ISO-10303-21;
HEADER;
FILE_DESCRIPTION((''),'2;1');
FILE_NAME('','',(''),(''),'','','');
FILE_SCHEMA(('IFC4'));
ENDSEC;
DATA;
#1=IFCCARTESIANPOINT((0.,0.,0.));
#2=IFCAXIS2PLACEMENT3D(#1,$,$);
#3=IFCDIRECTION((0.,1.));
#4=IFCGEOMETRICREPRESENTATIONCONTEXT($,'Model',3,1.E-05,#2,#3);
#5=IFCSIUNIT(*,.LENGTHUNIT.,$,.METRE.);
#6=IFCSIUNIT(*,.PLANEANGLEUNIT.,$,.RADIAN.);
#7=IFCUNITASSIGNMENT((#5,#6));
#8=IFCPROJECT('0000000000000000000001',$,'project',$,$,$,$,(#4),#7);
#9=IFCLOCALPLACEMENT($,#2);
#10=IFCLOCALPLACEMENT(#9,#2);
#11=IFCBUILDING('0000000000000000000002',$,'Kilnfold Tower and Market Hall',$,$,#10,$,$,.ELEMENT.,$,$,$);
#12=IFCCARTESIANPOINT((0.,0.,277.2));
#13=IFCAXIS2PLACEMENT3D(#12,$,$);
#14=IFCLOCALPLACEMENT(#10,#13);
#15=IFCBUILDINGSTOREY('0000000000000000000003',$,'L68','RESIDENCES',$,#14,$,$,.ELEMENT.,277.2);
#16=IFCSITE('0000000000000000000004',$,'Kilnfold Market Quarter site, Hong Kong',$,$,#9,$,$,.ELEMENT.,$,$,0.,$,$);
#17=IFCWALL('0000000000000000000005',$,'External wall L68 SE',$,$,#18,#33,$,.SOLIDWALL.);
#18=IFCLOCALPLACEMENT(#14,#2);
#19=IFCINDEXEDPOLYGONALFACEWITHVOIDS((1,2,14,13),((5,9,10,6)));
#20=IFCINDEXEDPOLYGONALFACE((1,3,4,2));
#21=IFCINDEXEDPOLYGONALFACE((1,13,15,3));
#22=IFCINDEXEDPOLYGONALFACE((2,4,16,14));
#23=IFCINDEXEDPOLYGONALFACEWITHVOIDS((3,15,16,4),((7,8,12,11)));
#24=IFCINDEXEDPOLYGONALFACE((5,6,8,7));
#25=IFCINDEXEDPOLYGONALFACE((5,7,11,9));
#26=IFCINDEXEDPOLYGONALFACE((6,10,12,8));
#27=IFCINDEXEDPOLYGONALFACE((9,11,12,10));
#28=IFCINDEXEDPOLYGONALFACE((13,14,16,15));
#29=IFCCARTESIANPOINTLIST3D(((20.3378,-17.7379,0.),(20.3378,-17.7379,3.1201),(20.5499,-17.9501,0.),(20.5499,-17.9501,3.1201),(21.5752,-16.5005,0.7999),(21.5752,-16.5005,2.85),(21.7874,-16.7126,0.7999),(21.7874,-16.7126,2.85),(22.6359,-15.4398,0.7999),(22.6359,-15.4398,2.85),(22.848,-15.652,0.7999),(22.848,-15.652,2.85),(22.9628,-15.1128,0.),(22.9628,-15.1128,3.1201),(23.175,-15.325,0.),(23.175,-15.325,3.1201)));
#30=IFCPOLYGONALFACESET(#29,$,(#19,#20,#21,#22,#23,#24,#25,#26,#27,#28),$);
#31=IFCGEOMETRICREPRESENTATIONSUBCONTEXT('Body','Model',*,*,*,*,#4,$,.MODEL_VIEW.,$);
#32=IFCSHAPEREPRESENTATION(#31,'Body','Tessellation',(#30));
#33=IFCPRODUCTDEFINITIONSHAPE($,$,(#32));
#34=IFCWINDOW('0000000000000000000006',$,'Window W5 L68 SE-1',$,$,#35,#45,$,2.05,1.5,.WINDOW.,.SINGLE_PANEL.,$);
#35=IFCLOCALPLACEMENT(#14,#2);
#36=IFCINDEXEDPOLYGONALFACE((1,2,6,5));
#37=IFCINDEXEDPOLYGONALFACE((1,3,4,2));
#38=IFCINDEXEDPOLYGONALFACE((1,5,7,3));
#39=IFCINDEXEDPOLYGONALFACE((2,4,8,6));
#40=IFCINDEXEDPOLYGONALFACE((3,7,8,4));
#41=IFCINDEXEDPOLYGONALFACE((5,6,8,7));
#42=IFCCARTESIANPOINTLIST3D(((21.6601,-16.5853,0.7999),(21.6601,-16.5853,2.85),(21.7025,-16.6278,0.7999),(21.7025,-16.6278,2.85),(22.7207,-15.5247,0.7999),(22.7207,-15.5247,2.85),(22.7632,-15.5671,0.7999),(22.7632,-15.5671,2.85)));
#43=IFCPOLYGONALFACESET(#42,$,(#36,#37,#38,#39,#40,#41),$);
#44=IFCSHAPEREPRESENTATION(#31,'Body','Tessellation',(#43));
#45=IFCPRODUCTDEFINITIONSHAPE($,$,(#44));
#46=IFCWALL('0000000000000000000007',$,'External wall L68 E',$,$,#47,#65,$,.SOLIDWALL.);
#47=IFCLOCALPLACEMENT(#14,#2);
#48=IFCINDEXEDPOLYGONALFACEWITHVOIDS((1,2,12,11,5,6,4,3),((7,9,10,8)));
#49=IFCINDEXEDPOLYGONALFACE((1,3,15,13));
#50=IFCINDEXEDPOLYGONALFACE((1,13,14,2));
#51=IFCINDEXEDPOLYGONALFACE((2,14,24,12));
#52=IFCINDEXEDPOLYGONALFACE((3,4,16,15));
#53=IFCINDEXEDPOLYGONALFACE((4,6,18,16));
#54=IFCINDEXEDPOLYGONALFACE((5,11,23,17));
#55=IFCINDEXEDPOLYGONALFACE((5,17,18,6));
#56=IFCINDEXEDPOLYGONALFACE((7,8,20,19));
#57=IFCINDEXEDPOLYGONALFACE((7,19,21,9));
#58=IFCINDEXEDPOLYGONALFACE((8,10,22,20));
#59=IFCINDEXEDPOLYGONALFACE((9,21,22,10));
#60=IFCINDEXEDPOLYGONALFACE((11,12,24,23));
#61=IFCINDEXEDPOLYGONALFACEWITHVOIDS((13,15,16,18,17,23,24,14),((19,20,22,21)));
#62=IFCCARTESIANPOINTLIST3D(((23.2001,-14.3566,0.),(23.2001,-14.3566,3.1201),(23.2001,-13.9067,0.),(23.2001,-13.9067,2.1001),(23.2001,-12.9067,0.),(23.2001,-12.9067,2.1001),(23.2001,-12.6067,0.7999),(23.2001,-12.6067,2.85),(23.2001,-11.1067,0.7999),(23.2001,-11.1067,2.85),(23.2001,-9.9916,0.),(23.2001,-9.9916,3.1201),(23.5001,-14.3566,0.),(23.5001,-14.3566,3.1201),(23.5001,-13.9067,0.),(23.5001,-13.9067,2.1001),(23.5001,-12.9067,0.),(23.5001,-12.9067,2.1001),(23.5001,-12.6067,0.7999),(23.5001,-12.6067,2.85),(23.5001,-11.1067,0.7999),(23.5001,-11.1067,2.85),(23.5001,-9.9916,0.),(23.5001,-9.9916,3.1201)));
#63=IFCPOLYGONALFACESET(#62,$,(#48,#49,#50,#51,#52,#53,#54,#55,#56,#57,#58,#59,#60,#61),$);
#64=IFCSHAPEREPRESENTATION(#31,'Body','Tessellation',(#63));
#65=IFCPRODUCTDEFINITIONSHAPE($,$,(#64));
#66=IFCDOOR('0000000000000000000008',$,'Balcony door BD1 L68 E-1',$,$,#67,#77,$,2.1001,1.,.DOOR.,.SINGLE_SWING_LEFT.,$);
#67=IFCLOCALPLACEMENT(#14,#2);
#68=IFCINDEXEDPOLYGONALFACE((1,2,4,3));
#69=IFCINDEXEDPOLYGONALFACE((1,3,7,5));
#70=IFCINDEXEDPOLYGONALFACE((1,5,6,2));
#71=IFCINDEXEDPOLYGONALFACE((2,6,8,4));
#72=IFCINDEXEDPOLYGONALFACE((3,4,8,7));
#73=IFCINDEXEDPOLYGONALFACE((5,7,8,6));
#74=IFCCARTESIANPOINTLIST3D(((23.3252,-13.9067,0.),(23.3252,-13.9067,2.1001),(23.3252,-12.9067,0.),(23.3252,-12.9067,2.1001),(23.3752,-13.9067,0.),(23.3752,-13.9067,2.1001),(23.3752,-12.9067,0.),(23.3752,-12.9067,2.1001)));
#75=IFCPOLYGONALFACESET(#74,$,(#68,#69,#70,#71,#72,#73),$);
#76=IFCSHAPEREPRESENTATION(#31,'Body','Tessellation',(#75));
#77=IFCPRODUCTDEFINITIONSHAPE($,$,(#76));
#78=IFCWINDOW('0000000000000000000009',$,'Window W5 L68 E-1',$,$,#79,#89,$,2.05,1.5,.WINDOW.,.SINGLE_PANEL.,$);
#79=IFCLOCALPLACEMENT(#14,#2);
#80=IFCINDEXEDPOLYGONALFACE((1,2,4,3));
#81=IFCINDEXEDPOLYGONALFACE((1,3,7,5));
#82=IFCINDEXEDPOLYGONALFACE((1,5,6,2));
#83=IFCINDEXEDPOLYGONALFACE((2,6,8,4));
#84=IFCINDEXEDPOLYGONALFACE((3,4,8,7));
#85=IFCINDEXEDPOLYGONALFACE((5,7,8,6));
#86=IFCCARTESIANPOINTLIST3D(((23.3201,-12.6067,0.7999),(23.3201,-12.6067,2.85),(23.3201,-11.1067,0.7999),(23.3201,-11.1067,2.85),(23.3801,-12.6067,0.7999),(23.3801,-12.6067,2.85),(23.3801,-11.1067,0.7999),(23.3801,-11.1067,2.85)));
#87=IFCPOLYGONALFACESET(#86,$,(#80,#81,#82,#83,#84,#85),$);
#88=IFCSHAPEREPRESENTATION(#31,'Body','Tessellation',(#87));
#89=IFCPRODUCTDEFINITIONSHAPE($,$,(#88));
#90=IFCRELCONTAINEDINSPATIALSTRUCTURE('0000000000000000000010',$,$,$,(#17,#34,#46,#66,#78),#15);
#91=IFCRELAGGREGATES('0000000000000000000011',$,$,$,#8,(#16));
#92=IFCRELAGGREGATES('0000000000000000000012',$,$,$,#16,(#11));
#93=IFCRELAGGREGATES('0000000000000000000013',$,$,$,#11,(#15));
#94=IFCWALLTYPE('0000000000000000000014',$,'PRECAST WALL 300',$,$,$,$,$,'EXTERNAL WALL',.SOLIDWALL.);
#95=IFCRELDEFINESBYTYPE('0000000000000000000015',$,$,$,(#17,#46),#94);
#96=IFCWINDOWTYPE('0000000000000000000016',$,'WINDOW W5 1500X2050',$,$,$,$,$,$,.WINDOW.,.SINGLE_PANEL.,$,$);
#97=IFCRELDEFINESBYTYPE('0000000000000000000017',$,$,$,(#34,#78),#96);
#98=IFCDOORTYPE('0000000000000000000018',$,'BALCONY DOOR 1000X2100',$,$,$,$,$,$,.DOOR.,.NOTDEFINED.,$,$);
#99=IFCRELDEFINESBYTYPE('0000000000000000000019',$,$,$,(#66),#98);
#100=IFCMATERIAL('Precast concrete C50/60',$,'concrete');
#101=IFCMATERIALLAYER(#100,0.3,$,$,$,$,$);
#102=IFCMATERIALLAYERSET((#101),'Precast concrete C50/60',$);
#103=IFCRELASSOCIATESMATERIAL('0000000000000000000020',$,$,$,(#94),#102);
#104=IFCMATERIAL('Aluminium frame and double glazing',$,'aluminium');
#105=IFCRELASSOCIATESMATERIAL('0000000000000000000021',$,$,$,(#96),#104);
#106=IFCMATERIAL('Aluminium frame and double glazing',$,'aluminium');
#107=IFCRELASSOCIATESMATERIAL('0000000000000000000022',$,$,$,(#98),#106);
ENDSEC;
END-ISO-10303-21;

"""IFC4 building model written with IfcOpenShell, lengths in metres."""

from ifc_helpers import new_model, si_unit, direction, frame, frame_2d, origin, place, context, subcontext, project, spatial, rectangle, extrude, source, transform, mapped, material, layer, layer_set, type_object, element, fill, save


model = new_model("IFC4")

# Units and contexts
model_context = context("Model", 3, precision=1e-05, world=origin(), true_north=direction((0.0, 1.0)))
body_context = subcontext(model_context, "Body", "Model", "MODEL_VIEW")
ifc_project = project(units=[si_unit("LENGTHUNIT", "METRE"), si_unit("PLANEANGLEUNIT", "RADIAN")], contexts=[model_context])

# Site, building, storey
site_placement = place(None, origin())
site = spatial("IfcSite", under=ifc_project, at=site_placement, Name="Kilnfold Market Quarter site, Hong Kong", CompositionType="ELEMENT", RefElevation=0.0)
building_placement = place(site_placement, origin())
building = spatial("IfcBuilding", under=site, at=building_placement, Name="Kilnfold Tower and Market Hall", CompositionType="ELEMENT")
storey_placement = place(building_placement, frame((0.0, 0.0, 277.2)))
storey = spatial("IfcBuildingStorey", under=building, at=storey_placement, Name="L68", Description="RESIDENCES", CompositionType="ELEMENT", Elevation=277.2)

# Shared definitions
ifc_material_1 = material(Name="Precast concrete C50/60", Category="concrete")
ifc_layer_1 = layer(ifc_material_1, 0.3)
ifc_layer_set_1 = layer_set([ifc_layer_1], Name="Precast concrete C50/60")
wall_type_1 = type_object("IfcWallType", Name="PRECAST WALL 300", ElementType="EXTERNAL WALL", PredefinedType="SOLIDWALL", material=ifc_layer_set_1)
ifc_material_2 = material(Name="Aluminium frame and double glazing", Category="aluminium")
window_type = type_object("IfcWindowType", Name="WINDOW W5 1500X2050", PartitioningType="SINGLE_PANEL", PredefinedType="WINDOW", material=ifc_material_2)

# Wall, opening, window
shared_shape_1 = source(origin(), body_context, "Body", "SweptSolid", [
    extrude(rectangle(XDim=3.7124, YDim=0.3, at=frame_2d((1.8562, 0.0))), origin(), (0.0, 0.0, 1.0), 3.1201),
])
wall_1_placement = place(storey_placement, frame((20.4438, -17.844, 0.0), z_axis=(0.0, 0.0, 1.0), x_axis=(0.707107, 0.707107, 0.0)))
wall_1 = element("IfcWall", 1, at=wall_1_placement, inside=storey, type_object=wall_type_1, Name="External wall L68 SE", PredefinedType="SOLIDWALL", context=body_context, shape_type="MappedRepresentation", body=[
    mapped(shared_shape_1, transform((0.0, 0.0, 0.0))),
])
opening_1_placement = place(wall_1_placement, frame((1.75, 0.0, 0.8)))
opening_1 = element("IfcOpeningElement", 2, at=opening_1_placement, cuts=wall_1, PredefinedType="OPENING", context=body_context, shape_type="SweptSolid", body=[
    extrude(rectangle(XDim=1.5, YDim=2.05, at=frame_2d((0.75, 1.0249))), frame((0.0, 0.1602, 0.0), z_axis=(0.0, -1.0, 0.0), x_axis=(1.0, 0.0, 0.0)), (0.0, 0.0, 1.0), 0.3201),
])
window_1_placement = place(opening_1_placement, origin())
window_1 = element("IfcWindow", 3, at=window_1_placement, inside=storey, type_object=window_type, Name="Window W5 L68 SE-1", OverallHeight=2.05, OverallWidth=1.5, PartitioningType="SINGLE_PANEL", PredefinedType="WINDOW", context=body_context, shape_type="SweptSolid", body=[
    extrude(rectangle(XDim=1.5, YDim=2.05, at=frame_2d((0.75, 1.0249))), frame((0.0, 0.03, 0.0), z_axis=(0.0, -1.0, 0.0), x_axis=(1.0, 0.0, 0.0)), (0.0, 0.0, 1.0), 0.0601),
])
fill(opening_1, window_1)

# Wall, openings, door, window
shared_shape_2 = source(origin(), body_context, "Body", "SweptSolid", [
    extrude(rectangle(XDim=4.365, YDim=0.3, at=frame_2d((2.1826, 0.0))), origin(), (0.0, 0.0, 1.0), 3.1201),
])
wall_2_placement = place(storey_placement, frame((23.3501, -14.3567, 0.0), z_axis=(0.0, 0.0, 1.0), x_axis=(0.0, 1.0, 0.0)))
wall_2 = element("IfcWall", 4, at=wall_2_placement, inside=storey, type_object=wall_type_1, Name="External wall L68 E", PredefinedType="SOLIDWALL", context=body_context, shape_type="MappedRepresentation", body=[
    mapped(shared_shape_2, transform((0.0, 0.0, 0.0))),
])
opening_2_placement = place(wall_2_placement, frame((1.75, 0.0, 0.8)))
opening_2 = element("IfcOpeningElement", 5, at=opening_2_placement, cuts=wall_2, PredefinedType="OPENING", context=body_context, shape_type="SweptSolid", body=[
    extrude(rectangle(XDim=1.5, YDim=2.05, at=frame_2d((0.75, 1.0249))), frame((0.0, 0.1602, 0.0), z_axis=(0.0, -1.0, 0.0), x_axis=(1.0, 0.0, 0.0)), (0.0, 0.0, 1.0), 0.3201),
])
opening_3_placement = place(wall_2_placement, frame((0.45, 0.0, 0.0)))
opening_3 = element("IfcOpeningElement", 6, at=opening_3_placement, cuts=wall_2, PredefinedType="OPENING", context=body_context, shape_type="SweptSolid", body=[
    extrude(rectangle(XDim=1.0, YDim=2.1001, at=frame_2d((0.5, 1.05))), frame((0.0, 0.1602, 0.0), z_axis=(0.0, -1.0, 0.0), x_axis=(1.0, 0.0, 0.0)), (0.0, 0.0, 1.0), 0.3201),
])
ifc_material_3 = material(Name="Aluminium frame and double glazing", Category="aluminium")
door_type = type_object("IfcDoorType", Name="BALCONY DOOR 1000X2100", OperationType="NOTDEFINED", PredefinedType="DOOR", material=ifc_material_3)
door_placement = place(opening_3_placement, origin())
door = element("IfcDoor", 7, at=door_placement, inside=storey, type_object=door_type, Name="Balcony door BD1 L68 E-1", OperationType="SINGLE_SWING_LEFT", OverallHeight=2.1001, OverallWidth=1.0, PredefinedType="DOOR", context=body_context, shape_type="SweptSolid", body=[
    extrude(rectangle(XDim=1.0, YDim=2.1001, at=frame_2d((0.5, 1.05))), frame((0.0, 0.0249, 0.0), z_axis=(0.0, -1.0, 0.0), x_axis=(1.0, 0.0, 0.0)), (0.0, 0.0, 1.0), 0.05),
])
fill(opening_3, door)
window_2_placement = place(opening_2_placement, origin())
window_2 = element("IfcWindow", 8, at=window_2_placement, inside=storey, type_object=window_type, Name="Window W5 L68 E-1", OverallHeight=2.05, OverallWidth=1.5, PartitioningType="SINGLE_PANEL", PredefinedType="WINDOW", context=body_context, shape_type="SweptSolid", body=[
    extrude(rectangle(XDim=1.5, YDim=2.05, at=frame_2d((0.75, 1.0249))), frame((0.0, 0.03, 0.0), z_axis=(0.0, -1.0, 0.0), x_axis=(1.0, 0.0, 0.0)), (0.0, 0.0, 1.0), 0.0601),
])
fill(opening_2, window_2)

save(model, "model.ifc")
